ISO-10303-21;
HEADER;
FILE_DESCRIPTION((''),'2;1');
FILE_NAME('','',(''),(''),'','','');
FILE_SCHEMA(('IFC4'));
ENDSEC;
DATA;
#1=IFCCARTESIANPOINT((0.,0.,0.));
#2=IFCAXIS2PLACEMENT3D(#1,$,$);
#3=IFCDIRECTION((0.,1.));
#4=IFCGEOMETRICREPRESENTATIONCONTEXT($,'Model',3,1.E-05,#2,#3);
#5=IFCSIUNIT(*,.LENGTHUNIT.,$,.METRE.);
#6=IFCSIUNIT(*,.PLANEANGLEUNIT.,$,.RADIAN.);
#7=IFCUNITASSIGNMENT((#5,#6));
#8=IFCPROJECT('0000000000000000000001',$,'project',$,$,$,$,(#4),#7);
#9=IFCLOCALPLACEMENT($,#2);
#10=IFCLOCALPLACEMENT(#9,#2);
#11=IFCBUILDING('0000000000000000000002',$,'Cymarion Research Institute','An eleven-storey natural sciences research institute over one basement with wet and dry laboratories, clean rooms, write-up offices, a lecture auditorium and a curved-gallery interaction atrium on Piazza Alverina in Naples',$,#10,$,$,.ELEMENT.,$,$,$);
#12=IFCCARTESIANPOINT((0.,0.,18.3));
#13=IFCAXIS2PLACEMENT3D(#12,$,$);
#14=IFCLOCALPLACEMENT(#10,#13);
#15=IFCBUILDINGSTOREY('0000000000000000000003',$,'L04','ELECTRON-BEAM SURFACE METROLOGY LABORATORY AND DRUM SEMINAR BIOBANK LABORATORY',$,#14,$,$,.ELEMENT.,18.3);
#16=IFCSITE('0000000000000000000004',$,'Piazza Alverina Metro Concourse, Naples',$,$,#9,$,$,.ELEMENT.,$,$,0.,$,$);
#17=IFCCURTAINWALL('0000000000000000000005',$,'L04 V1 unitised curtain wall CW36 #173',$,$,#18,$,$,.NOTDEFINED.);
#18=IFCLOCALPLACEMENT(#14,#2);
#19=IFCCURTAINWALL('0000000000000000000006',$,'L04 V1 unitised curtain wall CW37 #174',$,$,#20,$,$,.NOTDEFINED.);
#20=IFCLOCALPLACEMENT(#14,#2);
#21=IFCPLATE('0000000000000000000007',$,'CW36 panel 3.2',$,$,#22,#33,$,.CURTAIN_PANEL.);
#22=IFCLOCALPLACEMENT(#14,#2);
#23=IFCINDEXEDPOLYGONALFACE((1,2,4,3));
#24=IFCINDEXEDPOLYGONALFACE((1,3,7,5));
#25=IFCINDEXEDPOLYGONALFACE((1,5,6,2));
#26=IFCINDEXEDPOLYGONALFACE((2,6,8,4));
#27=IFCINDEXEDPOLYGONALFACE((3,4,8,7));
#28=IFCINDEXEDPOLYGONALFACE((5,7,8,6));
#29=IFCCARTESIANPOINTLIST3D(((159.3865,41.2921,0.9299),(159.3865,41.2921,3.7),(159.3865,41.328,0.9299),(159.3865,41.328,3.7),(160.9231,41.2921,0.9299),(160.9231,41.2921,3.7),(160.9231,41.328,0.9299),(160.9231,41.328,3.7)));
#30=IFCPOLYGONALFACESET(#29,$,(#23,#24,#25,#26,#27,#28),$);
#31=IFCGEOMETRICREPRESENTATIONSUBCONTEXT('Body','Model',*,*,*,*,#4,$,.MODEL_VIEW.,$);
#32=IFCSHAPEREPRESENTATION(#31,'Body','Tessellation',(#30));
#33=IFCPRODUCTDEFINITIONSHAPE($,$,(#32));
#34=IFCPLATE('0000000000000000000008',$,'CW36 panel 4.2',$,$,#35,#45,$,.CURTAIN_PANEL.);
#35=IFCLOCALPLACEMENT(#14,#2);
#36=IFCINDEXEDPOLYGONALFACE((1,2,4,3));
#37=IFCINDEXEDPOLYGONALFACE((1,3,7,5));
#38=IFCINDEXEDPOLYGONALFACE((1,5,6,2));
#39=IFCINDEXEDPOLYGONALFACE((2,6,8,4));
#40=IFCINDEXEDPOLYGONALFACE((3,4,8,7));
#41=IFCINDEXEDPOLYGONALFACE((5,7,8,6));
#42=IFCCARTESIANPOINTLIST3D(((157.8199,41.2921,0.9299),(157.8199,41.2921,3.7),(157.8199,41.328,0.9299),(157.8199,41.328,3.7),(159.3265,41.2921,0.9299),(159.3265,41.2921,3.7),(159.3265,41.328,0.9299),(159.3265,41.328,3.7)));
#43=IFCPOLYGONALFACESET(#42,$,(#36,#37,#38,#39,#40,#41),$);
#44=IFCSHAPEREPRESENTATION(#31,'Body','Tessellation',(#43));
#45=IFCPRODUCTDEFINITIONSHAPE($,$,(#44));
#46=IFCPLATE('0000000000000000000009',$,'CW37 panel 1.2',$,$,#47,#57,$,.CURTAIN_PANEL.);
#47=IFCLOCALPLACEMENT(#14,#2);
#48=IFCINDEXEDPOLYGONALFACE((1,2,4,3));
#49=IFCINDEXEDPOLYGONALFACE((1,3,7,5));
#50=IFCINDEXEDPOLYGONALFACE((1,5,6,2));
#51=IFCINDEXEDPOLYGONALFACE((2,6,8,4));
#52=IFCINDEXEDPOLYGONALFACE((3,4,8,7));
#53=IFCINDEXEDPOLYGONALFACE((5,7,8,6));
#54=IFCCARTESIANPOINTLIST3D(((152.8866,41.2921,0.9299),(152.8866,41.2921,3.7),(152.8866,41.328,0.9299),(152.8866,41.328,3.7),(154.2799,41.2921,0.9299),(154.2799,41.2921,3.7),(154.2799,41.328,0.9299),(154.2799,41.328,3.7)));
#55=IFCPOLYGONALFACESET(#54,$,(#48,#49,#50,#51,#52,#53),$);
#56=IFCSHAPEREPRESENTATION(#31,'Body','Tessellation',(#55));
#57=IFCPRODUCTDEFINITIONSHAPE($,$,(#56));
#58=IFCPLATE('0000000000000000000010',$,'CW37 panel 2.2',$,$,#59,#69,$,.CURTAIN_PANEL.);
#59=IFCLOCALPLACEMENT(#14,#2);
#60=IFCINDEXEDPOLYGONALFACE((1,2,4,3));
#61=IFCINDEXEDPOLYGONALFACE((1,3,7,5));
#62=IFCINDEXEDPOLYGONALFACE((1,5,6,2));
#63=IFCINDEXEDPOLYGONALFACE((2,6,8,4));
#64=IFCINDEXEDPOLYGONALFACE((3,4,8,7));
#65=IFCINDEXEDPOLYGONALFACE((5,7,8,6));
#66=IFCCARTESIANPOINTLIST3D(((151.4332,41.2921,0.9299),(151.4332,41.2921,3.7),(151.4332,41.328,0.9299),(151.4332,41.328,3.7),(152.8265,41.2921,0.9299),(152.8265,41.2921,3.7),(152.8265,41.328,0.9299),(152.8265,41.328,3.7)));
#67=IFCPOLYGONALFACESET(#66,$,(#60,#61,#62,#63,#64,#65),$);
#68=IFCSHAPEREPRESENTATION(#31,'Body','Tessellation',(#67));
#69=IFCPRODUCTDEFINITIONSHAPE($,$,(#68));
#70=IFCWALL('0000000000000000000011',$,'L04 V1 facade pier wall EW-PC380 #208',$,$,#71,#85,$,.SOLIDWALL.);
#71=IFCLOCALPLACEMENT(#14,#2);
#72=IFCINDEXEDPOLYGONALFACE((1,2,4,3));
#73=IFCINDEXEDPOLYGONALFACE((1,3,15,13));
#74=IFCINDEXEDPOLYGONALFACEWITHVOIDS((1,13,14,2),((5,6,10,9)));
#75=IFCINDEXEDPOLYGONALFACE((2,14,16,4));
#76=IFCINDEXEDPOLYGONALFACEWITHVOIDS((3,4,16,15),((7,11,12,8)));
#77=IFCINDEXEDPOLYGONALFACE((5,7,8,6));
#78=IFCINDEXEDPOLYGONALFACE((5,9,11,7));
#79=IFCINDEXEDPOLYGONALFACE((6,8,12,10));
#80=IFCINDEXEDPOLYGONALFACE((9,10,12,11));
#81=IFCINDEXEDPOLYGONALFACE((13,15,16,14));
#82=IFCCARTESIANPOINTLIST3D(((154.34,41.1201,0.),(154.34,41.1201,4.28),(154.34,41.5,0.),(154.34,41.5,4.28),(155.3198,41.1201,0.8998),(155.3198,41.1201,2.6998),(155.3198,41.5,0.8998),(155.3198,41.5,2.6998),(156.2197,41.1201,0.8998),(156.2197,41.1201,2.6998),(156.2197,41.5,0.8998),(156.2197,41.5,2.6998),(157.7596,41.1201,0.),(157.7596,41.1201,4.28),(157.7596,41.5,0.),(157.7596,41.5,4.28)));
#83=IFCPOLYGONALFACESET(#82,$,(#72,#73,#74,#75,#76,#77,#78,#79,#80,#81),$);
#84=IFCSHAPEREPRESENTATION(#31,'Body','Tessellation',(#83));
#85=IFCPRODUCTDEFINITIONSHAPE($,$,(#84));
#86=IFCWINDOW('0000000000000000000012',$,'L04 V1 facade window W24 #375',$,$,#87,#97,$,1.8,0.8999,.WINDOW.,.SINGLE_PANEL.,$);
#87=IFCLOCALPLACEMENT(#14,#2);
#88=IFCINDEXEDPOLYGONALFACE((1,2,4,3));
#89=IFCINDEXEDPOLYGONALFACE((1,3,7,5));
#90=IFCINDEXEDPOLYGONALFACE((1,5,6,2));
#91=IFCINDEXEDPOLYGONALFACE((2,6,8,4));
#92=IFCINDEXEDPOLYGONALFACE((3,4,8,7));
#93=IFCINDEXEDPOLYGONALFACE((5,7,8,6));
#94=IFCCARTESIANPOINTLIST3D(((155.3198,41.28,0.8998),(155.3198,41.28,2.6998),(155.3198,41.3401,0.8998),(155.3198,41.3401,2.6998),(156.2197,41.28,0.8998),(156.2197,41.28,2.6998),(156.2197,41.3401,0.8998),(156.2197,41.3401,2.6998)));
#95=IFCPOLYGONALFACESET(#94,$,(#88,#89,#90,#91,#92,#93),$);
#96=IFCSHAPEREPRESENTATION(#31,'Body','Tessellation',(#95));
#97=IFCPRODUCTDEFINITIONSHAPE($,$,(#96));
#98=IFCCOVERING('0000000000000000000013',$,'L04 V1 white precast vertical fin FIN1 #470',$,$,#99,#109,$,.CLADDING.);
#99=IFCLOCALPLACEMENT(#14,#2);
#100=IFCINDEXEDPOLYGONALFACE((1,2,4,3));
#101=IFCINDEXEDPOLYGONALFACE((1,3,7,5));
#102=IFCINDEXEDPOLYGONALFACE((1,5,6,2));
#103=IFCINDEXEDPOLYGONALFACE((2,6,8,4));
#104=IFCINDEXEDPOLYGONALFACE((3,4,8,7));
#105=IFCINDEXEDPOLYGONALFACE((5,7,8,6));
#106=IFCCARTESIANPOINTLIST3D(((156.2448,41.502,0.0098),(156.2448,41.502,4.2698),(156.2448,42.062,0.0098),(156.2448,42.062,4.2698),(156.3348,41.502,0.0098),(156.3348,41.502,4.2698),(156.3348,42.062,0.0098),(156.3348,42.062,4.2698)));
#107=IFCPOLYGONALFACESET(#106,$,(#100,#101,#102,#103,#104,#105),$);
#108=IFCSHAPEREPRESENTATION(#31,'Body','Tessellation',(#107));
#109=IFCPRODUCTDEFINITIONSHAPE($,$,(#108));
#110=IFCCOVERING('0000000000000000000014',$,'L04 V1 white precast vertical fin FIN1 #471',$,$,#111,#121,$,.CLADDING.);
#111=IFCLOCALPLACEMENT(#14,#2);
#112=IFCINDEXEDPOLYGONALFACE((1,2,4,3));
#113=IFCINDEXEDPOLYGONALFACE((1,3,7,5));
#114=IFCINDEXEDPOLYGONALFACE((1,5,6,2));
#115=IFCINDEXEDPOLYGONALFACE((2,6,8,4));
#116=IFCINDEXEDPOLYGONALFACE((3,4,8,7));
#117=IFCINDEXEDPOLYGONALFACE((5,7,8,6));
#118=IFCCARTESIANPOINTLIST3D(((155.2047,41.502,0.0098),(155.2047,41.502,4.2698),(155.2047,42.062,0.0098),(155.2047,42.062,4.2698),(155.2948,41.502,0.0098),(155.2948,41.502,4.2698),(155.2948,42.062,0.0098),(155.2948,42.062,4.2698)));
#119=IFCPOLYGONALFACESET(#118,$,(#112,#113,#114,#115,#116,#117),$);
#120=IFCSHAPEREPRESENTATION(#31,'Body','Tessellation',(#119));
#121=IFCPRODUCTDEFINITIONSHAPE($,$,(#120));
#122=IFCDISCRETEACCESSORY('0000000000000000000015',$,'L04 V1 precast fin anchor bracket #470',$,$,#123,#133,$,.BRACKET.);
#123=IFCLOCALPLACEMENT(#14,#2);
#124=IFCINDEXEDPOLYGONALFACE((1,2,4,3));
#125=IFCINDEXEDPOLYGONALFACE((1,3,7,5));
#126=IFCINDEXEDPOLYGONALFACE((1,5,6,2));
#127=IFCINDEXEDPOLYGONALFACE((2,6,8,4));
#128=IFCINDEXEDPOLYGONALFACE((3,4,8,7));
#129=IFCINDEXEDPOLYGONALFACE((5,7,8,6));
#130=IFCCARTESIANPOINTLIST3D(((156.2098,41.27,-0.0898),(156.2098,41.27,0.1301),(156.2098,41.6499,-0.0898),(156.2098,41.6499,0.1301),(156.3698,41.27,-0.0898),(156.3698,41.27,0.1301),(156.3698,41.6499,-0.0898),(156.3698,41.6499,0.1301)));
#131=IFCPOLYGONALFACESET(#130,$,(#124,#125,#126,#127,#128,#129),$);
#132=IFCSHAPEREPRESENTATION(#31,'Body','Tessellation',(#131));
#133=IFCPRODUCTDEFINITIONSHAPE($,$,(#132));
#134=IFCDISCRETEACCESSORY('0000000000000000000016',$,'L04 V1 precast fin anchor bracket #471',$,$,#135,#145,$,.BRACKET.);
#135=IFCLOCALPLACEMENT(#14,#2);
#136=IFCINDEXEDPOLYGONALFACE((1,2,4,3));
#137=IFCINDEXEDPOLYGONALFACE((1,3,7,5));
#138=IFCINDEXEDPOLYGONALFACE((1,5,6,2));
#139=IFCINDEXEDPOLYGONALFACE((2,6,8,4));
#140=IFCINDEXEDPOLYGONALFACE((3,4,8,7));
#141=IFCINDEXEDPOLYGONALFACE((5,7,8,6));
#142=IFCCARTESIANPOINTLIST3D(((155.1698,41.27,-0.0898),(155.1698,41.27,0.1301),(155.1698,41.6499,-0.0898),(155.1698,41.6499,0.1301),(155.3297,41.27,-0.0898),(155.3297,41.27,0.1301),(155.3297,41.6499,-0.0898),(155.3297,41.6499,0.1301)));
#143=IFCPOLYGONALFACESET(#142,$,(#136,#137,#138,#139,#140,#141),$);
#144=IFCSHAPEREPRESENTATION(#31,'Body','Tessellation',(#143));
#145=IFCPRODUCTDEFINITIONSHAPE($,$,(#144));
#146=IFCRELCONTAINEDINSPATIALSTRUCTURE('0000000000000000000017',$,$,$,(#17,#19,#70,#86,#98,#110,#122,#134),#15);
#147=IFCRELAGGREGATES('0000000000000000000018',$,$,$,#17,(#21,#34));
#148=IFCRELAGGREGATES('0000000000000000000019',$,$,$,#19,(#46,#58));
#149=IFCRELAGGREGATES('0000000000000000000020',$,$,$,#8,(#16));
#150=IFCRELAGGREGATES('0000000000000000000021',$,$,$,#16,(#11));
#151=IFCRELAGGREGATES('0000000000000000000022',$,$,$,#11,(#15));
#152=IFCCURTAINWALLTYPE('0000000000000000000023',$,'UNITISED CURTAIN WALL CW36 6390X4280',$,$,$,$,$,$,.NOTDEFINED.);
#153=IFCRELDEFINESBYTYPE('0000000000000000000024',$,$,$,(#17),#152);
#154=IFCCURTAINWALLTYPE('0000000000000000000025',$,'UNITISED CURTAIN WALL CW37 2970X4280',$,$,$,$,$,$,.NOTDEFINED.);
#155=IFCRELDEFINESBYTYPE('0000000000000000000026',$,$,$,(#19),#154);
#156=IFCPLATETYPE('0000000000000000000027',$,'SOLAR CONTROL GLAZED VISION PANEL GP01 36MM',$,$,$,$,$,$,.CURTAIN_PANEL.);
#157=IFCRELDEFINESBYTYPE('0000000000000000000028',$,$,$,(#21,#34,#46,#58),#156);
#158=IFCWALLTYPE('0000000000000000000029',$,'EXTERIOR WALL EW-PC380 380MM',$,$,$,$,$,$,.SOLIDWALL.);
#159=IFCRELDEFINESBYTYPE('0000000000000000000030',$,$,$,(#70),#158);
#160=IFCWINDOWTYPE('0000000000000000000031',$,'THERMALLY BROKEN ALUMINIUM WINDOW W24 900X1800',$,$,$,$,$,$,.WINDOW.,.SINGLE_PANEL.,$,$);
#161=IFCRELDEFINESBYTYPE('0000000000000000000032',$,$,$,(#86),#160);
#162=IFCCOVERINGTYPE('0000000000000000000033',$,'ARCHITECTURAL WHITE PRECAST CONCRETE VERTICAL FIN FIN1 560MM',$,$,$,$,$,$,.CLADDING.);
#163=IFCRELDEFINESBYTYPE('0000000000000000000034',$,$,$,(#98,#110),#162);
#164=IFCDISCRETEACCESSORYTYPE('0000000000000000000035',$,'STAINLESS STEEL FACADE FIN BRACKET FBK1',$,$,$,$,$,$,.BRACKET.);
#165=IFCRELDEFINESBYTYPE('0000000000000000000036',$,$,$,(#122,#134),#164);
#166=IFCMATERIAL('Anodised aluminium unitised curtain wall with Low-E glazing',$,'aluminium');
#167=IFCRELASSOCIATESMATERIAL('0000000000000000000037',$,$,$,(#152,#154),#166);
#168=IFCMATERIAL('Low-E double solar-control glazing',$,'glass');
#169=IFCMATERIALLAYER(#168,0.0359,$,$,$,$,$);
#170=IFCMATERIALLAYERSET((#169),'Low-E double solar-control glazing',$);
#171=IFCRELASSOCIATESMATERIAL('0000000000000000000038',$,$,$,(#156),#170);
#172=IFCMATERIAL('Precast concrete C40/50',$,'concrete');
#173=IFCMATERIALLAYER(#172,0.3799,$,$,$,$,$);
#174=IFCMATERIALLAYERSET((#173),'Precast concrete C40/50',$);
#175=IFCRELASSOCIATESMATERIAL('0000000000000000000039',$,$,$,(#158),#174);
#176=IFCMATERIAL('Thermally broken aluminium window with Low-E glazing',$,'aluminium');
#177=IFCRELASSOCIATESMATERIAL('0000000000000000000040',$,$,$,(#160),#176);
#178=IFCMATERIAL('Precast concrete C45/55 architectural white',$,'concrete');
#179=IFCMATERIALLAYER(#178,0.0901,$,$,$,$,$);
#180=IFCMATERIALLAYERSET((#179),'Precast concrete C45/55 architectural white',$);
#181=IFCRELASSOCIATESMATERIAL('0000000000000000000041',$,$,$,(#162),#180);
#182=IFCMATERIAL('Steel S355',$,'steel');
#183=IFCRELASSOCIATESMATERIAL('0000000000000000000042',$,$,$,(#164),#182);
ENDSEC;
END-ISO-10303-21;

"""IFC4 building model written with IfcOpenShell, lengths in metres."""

from ifc_helpers import new_model, si_unit, direction, frame, frame_2d, origin, origin_2d, place, context, subcontext, project, spatial, rectangle, extrude, material, layer, layer_set, type_object, element, fill, aggregate, save


model = new_model("IFC4")

# Units and contexts
model_context = context("Model", 3, precision=1e-05, world=origin(), true_north=direction((0.0, 1.0)))
body_context = subcontext(model_context, "Body", "Model", "MODEL_VIEW")
ifc_project = project(units=[si_unit("LENGTHUNIT", "METRE"), si_unit("PLANEANGLEUNIT", "RADIAN")], contexts=[model_context])

# Site, building, storey
site_placement = place(None, origin())
site = spatial("IfcSite", under=ifc_project, at=site_placement, Name="Piazza Alverina Metro Concourse, Naples", CompositionType="ELEMENT", RefElevation=0.0)
building_placement = place(site_placement, origin())
building = spatial("IfcBuilding", under=site, at=building_placement, Name="Cymarion Research Institute", Description="An eleven-storey natural sciences research institute over one basement with wet and dry laboratories, clean rooms, write-up offices, a lecture auditorium and a curved-gallery interaction atrium on Piazza Alverina in Naples", CompositionType="ELEMENT")
storey_placement = place(building_placement, frame((0.0, 0.0, 18.3)))
storey = spatial("IfcBuildingStorey", under=building, at=storey_placement, Name="L04", Description="ELECTRON-BEAM SURFACE METROLOGY LABORATORY AND DRUM SEMINAR BIOBANK LABORATORY", CompositionType="ELEMENT", Elevation=18.3)

# Shared definitions
ifc_material_1 = material(Name="Steel S355", Category="steel")

# Curtain walls
ifc_material_2 = material(Name="Anodised aluminium unitised curtain wall with Low-E glazing", Category="aluminium")
curtain_wall_type_1 = type_object("IfcCurtainWallType", Name="UNITISED CURTAIN WALL CW36 6390X4280", PredefinedType="NOTDEFINED", material=ifc_material_2)
curtain_wall_1_placement = place(storey_placement, origin())
curtain_wall_1 = element("IfcCurtainWall", 1, at=curtain_wall_1_placement, inside=storey, type_object=curtain_wall_type_1, Name="L04 V1 unitised curtain wall CW36 #173", PredefinedType="NOTDEFINED")
curtain_wall_type_2 = type_object("IfcCurtainWallType", Name="UNITISED CURTAIN WALL CW37 2970X4280", PredefinedType="NOTDEFINED", material=ifc_material_2)
curtain_wall_2_placement = place(storey_placement, origin())
curtain_wall_2 = element("IfcCurtainWall", 2, at=curtain_wall_2_placement, inside=storey, type_object=curtain_wall_type_2, Name="L04 V1 unitised curtain wall CW37 #174", PredefinedType="NOTDEFINED")

# Plates
ifc_material_3 = material(Name="Low-E double solar-control glazing", Category="glass")
ifc_layer_1 = layer(ifc_material_3, 0.0359)
ifc_layer_set_1 = layer_set([ifc_layer_1], Name="Low-E double solar-control glazing")
plate_type_1 = type_object("IfcPlateType", Name="SOLAR CONTROL GLAZED VISION PANEL GP01 36MM", PredefinedType="CURTAIN_PANEL", material=ifc_layer_set_1)
plate_1_placement = place(storey_placement, frame((160.1548, 41.3101, 0.9299), z_axis=(0.0, 0.0, 1.0), x_axis=(-1.0, 0.0, 0.0)))
plate_1 = element("IfcPlate", 3, at=plate_1_placement, type_object=plate_type_1, Name="CW36 panel 3.2", PredefinedType="CURTAIN_PANEL", context=body_context, shape_type="SweptSolid", body=[
    extrude(rectangle(XDim=1.5366, YDim=0.0359, at=origin_2d()), origin(), (0.0, 0.0, 1.0), 2.77),
])
plate_2_placement = place(storey_placement, frame((158.5732, 41.3101, 0.9299), z_axis=(0.0, 0.0, 1.0), x_axis=(-1.0, 0.0, 0.0)))
plate_2 = element("IfcPlate", 4, at=plate_2_placement, type_object=plate_type_1, Name="CW36 panel 4.2", PredefinedType="CURTAIN_PANEL", context=body_context, shape_type="SweptSolid", body=[
    extrude(rectangle(XDim=1.5066, YDim=0.0359, at=origin_2d()), origin(), (0.0, 0.0, 1.0), 2.77),
])
aggregate(curtain_wall_1, [plate_1, plate_2])
plate_3_placement = place(storey_placement, frame((153.5833, 41.3101, 0.9299), z_axis=(0.0, 0.0, 1.0), x_axis=(-1.0, 0.0, 0.0)))
plate_3 = element("IfcPlate", 5, at=plate_3_placement, type_object=plate_type_1, Name="CW37 panel 1.2", PredefinedType="CURTAIN_PANEL", context=body_context, shape_type="SweptSolid", body=[
    extrude(rectangle(XDim=1.3933, YDim=0.0359, at=origin_2d()), origin(), (0.0, 0.0, 1.0), 2.77),
])
plate_4_placement = place(storey_placement, frame((152.1299, 41.3101, 0.9299), z_axis=(0.0, 0.0, 1.0), x_axis=(-1.0, 0.0, 0.0)))
plate_4 = element("IfcPlate", 6, at=plate_4_placement, type_object=plate_type_1, Name="CW37 panel 2.2", PredefinedType="CURTAIN_PANEL", context=body_context, shape_type="SweptSolid", body=[
    extrude(rectangle(XDim=1.3933, YDim=0.0359, at=origin_2d()), origin(), (0.0, 0.0, 1.0), 2.77),
])
aggregate(curtain_wall_2, [plate_3, plate_4])

# Wall, opening, window
ifc_material_4 = material(Name="Precast concrete C40/50", Category="concrete")
ifc_layer_2 = layer(ifc_material_4, 0.3799)
ifc_layer_set_2 = layer_set([ifc_layer_2], Name="Precast concrete C40/50")
wall_type = type_object("IfcWallType", Name="EXTERIOR WALL EW-PC380 380MM", PredefinedType="SOLIDWALL", material=ifc_layer_set_2)
wall_placement = place(storey_placement, frame((157.7598, 41.3101, 0.0), z_axis=(0.0, 0.0, 1.0), x_axis=(-1.0, 0.0, 0.0)))
wall = element("IfcWall", 7, at=wall_placement, inside=storey, type_object=wall_type, Name="L04 V1 facade pier wall EW-PC380 #208", PredefinedType="SOLIDWALL", context=body_context, shape_type="SweptSolid", body=[
    extrude(rectangle(XDim=3.4197, YDim=0.3799, at=frame_2d((1.71, 0.0))), origin(), (0.0, 0.0, 1.0), 4.28),
])
opening_placement = place(wall_placement, frame((1.54, 0.0, 0.8999)))
opening = element("IfcOpeningElement", 8, at=opening_placement, cuts=wall, PredefinedType="OPENING", context=body_context, shape_type="SweptSolid", body=[
    extrude(rectangle(XDim=0.8999, YDim=1.8, at=frame_2d((0.45, 0.8999))), frame((0.0, 0.2, 0.0), z_axis=(0.0, -1.0, 0.0), x_axis=(1.0, 0.0, 0.0)), (0.0, 0.0, 1.0), 0.3999),
])
ifc_material_5 = material(Name="Thermally broken aluminium window with Low-E glazing", Category="aluminium")
window_type = type_object("IfcWindowType", Name="THERMALLY BROKEN ALUMINIUM WINDOW W24 900X1800", PartitioningType="SINGLE_PANEL", PredefinedType="WINDOW", material=ifc_material_5)
window_placement = place(opening_placement, origin())
window = element("IfcWindow", 9, at=window_placement, inside=storey, type_object=window_type, Name="L04 V1 facade window W24 #375", OverallHeight=1.8, OverallWidth=0.8999, PartitioningType="SINGLE_PANEL", PredefinedType="WINDOW", context=body_context, shape_type="SweptSolid", body=[
    extrude(rectangle(XDim=0.8999, YDim=1.8, at=frame_2d((0.45, 0.8999))), frame((0.0, 0.03, 0.0), z_axis=(0.0, -1.0, 0.0), x_axis=(1.0, 0.0, 0.0)), (0.0, 0.0, 1.0), 0.0601),
])
fill(opening, window)

# Coverings
ifc_material_6 = material(Name="Precast concrete C45/55 architectural white", Category="concrete")
ifc_layer_3 = layer(ifc_material_6, 0.0901)
ifc_layer_set_3 = layer_set([ifc_layer_3], Name="Precast concrete C45/55 architectural white")
covering_type = type_object("IfcCoveringType", Name="ARCHITECTURAL WHITE PRECAST CONCRETE VERTICAL FIN FIN1 560MM", PredefinedType="CLADDING", material=ifc_layer_set_3)
for number, where, z_axis, x_axis, name in (
    (10, (156.2898, 41.782, 0.0098), (0.0, 0.0, 1.0), (0.0, 1.0, 0.0), "L04 V1 white precast vertical fin FIN1 #470"),
    (11, (155.2498, 41.782, 0.0098), (0.0, 0.0, 1.0), (0.0, 1.0, 0.0), "L04 V1 white precast vertical fin FIN1 #471"),
):
    element("IfcCovering", number, at=place(storey_placement, frame(where, z_axis=z_axis, x_axis=x_axis)), inside=storey, type_object=covering_type, Name=name, PredefinedType="CLADDING", context=body_context, shape_type="SweptSolid", body=[
        extrude(rectangle(XDim=0.5601, YDim=0.0901, at=origin_2d()), origin(), (0.0, 0.0, 1.0), 4.26),
    ])

# Discrete accessories
discrete_accessory_type = type_object("IfcDiscreteAccessoryType", Name="STAINLESS STEEL FACADE FIN BRACKET FBK1", PredefinedType="BRACKET", material=ifc_material_1)
for number, where, z_axis, x_axis, name in (
    (12, (156.2898, 41.46, -0.0898), (0.0, 0.0, 1.0), (0.0, 1.0, 0.0), "L04 V1 precast fin anchor bracket #470"),
    (13, (155.2498, 41.46, -0.0898), (0.0, 0.0, 1.0), (0.0, 1.0, 0.0), "L04 V1 precast fin anchor bracket #471"),
):
    element("IfcDiscreteAccessory", number, at=place(storey_placement, frame(where, z_axis=z_axis, x_axis=x_axis)), inside=storey, type_object=discrete_accessory_type, Name=name, PredefinedType="BRACKET", context=body_context, shape_type="SweptSolid", body=[
        extrude(rectangle(XDim=0.3799, YDim=0.1599, at=origin_2d()), origin(), (0.0, 0.0, 1.0), 0.22),
    ])

save(model, "model.ifc")
